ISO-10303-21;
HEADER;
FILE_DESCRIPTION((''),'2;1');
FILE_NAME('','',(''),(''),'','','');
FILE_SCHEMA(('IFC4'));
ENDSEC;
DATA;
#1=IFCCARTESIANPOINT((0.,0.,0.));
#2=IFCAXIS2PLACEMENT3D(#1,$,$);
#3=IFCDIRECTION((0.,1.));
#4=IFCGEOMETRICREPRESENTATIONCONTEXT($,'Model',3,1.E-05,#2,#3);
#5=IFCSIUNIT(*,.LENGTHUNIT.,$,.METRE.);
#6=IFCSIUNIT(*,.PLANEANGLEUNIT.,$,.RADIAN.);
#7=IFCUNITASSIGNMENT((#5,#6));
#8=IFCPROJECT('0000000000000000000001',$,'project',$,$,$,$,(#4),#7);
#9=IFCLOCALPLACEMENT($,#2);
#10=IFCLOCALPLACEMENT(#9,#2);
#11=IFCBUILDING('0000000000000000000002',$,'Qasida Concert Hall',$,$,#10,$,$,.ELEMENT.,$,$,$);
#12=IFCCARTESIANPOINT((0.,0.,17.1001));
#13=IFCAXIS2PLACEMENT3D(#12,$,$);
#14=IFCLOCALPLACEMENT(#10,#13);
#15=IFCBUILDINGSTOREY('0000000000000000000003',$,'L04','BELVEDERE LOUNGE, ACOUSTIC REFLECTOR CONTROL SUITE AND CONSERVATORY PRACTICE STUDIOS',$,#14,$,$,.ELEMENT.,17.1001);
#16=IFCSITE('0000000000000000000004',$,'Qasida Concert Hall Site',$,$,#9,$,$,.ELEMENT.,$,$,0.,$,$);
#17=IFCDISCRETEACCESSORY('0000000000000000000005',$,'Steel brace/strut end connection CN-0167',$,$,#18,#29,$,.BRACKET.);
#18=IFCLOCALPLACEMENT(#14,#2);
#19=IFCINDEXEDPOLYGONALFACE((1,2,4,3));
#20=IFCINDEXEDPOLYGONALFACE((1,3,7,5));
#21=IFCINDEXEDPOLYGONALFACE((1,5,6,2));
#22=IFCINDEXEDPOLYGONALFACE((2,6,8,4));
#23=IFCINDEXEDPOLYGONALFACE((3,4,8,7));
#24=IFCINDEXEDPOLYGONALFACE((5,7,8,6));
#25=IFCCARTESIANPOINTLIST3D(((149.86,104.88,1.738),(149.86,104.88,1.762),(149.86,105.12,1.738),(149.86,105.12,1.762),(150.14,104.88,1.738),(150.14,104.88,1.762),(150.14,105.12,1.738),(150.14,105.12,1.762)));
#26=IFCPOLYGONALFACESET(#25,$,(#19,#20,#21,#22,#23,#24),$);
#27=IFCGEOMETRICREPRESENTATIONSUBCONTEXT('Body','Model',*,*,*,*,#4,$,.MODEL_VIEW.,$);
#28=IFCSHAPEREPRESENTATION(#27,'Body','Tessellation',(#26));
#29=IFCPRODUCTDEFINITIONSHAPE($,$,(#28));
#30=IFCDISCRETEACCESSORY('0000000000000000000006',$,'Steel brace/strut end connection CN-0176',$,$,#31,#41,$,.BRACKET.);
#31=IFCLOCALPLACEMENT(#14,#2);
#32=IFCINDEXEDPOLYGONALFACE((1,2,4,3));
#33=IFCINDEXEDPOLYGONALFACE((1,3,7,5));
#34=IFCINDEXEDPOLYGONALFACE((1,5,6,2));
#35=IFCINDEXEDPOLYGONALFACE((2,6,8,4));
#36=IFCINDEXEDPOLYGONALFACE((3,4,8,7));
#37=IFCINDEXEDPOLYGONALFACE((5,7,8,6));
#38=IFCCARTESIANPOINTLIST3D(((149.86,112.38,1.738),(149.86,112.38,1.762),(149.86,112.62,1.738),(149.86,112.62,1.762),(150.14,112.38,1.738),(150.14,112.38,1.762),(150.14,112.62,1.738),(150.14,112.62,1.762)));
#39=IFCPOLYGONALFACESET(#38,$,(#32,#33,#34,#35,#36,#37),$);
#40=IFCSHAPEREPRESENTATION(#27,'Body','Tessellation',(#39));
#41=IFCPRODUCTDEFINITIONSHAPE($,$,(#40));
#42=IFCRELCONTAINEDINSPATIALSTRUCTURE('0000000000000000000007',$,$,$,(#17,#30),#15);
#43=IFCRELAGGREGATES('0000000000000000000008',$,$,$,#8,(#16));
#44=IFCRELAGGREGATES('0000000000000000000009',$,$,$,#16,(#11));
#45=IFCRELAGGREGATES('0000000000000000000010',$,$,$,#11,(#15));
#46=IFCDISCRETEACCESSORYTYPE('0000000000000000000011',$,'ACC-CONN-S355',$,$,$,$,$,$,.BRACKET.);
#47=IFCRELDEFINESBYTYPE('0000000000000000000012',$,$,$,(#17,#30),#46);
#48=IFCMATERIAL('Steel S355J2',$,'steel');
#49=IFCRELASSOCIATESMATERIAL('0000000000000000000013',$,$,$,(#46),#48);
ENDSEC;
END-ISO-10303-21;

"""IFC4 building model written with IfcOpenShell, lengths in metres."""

from ifc_helpers import new_model, si_unit, direction, frame, origin, origin_2d, place, context, subcontext, project, spatial, rectangle, extrude, material, type_object, element, save


model = new_model("IFC4")

# Units and contexts
model_context = context("Model", 3, precision=1e-05, world=origin(), true_north=direction((0.0, 1.0)))
body_context = subcontext(model_context, "Body", "Model", "MODEL_VIEW")
ifc_project = project(units=[si_unit("LENGTHUNIT", "METRE"), si_unit("PLANEANGLEUNIT", "RADIAN")], contexts=[model_context])

# Site, building, storey
site_placement = place(None, origin())
site = spatial("IfcSite", under=ifc_project, at=site_placement, Name="Qasida Concert Hall Site", CompositionType="ELEMENT", RefElevation=0.0)
building_placement = place(site_placement, origin())
building = spatial("IfcBuilding", under=site, at=building_placement, Name="Qasida Concert Hall", CompositionType="ELEMENT")
storey_placement = place(building_placement, frame((0.0, 0.0, 17.1001)))
storey = spatial("IfcBuildingStorey", under=building, at=storey_placement, Name="L04", Description="BELVEDERE LOUNGE, ACOUSTIC REFLECTOR CONTROL SUITE AND CONSERVATORY PRACTICE STUDIOS", CompositionType="ELEMENT", Elevation=17.1001)

# Shared definitions
ifc_material = material(Name="Steel S355J2", Category="steel")

# Discrete accessories
discrete_accessory_type = type_object("IfcDiscreteAccessoryType", Name="ACC-CONN-S355", PredefinedType="BRACKET", material=ifc_material)
for number, where, z_axis, x_axis, name in (
    (1, (150.0, 105.0, 1.738), (0.0, 0.0, 1.0), (1.0, 0.0, 0.0), "Steel brace/strut end connection CN-0167"),
    (2, (150.0, 112.5, 1.738), (0.0, 0.0, 1.0), (1.0, 0.0, 0.0), "Steel brace/strut end connection CN-0176"),
):
    element("IfcDiscreteAccessory", number, at=place(storey_placement, frame(where, z_axis=z_axis, x_axis=x_axis)), inside=storey, type_object=discrete_accessory_type, Name=name, PredefinedType="BRACKET", context=body_context, shape_type="SweptSolid", body=[
        extrude(rectangle(XDim=0.28, YDim=0.24, at=origin_2d()), origin(), (0.0, 0.0, 1.0), 0.0239),
    ])

save(model, "model.ifc")
